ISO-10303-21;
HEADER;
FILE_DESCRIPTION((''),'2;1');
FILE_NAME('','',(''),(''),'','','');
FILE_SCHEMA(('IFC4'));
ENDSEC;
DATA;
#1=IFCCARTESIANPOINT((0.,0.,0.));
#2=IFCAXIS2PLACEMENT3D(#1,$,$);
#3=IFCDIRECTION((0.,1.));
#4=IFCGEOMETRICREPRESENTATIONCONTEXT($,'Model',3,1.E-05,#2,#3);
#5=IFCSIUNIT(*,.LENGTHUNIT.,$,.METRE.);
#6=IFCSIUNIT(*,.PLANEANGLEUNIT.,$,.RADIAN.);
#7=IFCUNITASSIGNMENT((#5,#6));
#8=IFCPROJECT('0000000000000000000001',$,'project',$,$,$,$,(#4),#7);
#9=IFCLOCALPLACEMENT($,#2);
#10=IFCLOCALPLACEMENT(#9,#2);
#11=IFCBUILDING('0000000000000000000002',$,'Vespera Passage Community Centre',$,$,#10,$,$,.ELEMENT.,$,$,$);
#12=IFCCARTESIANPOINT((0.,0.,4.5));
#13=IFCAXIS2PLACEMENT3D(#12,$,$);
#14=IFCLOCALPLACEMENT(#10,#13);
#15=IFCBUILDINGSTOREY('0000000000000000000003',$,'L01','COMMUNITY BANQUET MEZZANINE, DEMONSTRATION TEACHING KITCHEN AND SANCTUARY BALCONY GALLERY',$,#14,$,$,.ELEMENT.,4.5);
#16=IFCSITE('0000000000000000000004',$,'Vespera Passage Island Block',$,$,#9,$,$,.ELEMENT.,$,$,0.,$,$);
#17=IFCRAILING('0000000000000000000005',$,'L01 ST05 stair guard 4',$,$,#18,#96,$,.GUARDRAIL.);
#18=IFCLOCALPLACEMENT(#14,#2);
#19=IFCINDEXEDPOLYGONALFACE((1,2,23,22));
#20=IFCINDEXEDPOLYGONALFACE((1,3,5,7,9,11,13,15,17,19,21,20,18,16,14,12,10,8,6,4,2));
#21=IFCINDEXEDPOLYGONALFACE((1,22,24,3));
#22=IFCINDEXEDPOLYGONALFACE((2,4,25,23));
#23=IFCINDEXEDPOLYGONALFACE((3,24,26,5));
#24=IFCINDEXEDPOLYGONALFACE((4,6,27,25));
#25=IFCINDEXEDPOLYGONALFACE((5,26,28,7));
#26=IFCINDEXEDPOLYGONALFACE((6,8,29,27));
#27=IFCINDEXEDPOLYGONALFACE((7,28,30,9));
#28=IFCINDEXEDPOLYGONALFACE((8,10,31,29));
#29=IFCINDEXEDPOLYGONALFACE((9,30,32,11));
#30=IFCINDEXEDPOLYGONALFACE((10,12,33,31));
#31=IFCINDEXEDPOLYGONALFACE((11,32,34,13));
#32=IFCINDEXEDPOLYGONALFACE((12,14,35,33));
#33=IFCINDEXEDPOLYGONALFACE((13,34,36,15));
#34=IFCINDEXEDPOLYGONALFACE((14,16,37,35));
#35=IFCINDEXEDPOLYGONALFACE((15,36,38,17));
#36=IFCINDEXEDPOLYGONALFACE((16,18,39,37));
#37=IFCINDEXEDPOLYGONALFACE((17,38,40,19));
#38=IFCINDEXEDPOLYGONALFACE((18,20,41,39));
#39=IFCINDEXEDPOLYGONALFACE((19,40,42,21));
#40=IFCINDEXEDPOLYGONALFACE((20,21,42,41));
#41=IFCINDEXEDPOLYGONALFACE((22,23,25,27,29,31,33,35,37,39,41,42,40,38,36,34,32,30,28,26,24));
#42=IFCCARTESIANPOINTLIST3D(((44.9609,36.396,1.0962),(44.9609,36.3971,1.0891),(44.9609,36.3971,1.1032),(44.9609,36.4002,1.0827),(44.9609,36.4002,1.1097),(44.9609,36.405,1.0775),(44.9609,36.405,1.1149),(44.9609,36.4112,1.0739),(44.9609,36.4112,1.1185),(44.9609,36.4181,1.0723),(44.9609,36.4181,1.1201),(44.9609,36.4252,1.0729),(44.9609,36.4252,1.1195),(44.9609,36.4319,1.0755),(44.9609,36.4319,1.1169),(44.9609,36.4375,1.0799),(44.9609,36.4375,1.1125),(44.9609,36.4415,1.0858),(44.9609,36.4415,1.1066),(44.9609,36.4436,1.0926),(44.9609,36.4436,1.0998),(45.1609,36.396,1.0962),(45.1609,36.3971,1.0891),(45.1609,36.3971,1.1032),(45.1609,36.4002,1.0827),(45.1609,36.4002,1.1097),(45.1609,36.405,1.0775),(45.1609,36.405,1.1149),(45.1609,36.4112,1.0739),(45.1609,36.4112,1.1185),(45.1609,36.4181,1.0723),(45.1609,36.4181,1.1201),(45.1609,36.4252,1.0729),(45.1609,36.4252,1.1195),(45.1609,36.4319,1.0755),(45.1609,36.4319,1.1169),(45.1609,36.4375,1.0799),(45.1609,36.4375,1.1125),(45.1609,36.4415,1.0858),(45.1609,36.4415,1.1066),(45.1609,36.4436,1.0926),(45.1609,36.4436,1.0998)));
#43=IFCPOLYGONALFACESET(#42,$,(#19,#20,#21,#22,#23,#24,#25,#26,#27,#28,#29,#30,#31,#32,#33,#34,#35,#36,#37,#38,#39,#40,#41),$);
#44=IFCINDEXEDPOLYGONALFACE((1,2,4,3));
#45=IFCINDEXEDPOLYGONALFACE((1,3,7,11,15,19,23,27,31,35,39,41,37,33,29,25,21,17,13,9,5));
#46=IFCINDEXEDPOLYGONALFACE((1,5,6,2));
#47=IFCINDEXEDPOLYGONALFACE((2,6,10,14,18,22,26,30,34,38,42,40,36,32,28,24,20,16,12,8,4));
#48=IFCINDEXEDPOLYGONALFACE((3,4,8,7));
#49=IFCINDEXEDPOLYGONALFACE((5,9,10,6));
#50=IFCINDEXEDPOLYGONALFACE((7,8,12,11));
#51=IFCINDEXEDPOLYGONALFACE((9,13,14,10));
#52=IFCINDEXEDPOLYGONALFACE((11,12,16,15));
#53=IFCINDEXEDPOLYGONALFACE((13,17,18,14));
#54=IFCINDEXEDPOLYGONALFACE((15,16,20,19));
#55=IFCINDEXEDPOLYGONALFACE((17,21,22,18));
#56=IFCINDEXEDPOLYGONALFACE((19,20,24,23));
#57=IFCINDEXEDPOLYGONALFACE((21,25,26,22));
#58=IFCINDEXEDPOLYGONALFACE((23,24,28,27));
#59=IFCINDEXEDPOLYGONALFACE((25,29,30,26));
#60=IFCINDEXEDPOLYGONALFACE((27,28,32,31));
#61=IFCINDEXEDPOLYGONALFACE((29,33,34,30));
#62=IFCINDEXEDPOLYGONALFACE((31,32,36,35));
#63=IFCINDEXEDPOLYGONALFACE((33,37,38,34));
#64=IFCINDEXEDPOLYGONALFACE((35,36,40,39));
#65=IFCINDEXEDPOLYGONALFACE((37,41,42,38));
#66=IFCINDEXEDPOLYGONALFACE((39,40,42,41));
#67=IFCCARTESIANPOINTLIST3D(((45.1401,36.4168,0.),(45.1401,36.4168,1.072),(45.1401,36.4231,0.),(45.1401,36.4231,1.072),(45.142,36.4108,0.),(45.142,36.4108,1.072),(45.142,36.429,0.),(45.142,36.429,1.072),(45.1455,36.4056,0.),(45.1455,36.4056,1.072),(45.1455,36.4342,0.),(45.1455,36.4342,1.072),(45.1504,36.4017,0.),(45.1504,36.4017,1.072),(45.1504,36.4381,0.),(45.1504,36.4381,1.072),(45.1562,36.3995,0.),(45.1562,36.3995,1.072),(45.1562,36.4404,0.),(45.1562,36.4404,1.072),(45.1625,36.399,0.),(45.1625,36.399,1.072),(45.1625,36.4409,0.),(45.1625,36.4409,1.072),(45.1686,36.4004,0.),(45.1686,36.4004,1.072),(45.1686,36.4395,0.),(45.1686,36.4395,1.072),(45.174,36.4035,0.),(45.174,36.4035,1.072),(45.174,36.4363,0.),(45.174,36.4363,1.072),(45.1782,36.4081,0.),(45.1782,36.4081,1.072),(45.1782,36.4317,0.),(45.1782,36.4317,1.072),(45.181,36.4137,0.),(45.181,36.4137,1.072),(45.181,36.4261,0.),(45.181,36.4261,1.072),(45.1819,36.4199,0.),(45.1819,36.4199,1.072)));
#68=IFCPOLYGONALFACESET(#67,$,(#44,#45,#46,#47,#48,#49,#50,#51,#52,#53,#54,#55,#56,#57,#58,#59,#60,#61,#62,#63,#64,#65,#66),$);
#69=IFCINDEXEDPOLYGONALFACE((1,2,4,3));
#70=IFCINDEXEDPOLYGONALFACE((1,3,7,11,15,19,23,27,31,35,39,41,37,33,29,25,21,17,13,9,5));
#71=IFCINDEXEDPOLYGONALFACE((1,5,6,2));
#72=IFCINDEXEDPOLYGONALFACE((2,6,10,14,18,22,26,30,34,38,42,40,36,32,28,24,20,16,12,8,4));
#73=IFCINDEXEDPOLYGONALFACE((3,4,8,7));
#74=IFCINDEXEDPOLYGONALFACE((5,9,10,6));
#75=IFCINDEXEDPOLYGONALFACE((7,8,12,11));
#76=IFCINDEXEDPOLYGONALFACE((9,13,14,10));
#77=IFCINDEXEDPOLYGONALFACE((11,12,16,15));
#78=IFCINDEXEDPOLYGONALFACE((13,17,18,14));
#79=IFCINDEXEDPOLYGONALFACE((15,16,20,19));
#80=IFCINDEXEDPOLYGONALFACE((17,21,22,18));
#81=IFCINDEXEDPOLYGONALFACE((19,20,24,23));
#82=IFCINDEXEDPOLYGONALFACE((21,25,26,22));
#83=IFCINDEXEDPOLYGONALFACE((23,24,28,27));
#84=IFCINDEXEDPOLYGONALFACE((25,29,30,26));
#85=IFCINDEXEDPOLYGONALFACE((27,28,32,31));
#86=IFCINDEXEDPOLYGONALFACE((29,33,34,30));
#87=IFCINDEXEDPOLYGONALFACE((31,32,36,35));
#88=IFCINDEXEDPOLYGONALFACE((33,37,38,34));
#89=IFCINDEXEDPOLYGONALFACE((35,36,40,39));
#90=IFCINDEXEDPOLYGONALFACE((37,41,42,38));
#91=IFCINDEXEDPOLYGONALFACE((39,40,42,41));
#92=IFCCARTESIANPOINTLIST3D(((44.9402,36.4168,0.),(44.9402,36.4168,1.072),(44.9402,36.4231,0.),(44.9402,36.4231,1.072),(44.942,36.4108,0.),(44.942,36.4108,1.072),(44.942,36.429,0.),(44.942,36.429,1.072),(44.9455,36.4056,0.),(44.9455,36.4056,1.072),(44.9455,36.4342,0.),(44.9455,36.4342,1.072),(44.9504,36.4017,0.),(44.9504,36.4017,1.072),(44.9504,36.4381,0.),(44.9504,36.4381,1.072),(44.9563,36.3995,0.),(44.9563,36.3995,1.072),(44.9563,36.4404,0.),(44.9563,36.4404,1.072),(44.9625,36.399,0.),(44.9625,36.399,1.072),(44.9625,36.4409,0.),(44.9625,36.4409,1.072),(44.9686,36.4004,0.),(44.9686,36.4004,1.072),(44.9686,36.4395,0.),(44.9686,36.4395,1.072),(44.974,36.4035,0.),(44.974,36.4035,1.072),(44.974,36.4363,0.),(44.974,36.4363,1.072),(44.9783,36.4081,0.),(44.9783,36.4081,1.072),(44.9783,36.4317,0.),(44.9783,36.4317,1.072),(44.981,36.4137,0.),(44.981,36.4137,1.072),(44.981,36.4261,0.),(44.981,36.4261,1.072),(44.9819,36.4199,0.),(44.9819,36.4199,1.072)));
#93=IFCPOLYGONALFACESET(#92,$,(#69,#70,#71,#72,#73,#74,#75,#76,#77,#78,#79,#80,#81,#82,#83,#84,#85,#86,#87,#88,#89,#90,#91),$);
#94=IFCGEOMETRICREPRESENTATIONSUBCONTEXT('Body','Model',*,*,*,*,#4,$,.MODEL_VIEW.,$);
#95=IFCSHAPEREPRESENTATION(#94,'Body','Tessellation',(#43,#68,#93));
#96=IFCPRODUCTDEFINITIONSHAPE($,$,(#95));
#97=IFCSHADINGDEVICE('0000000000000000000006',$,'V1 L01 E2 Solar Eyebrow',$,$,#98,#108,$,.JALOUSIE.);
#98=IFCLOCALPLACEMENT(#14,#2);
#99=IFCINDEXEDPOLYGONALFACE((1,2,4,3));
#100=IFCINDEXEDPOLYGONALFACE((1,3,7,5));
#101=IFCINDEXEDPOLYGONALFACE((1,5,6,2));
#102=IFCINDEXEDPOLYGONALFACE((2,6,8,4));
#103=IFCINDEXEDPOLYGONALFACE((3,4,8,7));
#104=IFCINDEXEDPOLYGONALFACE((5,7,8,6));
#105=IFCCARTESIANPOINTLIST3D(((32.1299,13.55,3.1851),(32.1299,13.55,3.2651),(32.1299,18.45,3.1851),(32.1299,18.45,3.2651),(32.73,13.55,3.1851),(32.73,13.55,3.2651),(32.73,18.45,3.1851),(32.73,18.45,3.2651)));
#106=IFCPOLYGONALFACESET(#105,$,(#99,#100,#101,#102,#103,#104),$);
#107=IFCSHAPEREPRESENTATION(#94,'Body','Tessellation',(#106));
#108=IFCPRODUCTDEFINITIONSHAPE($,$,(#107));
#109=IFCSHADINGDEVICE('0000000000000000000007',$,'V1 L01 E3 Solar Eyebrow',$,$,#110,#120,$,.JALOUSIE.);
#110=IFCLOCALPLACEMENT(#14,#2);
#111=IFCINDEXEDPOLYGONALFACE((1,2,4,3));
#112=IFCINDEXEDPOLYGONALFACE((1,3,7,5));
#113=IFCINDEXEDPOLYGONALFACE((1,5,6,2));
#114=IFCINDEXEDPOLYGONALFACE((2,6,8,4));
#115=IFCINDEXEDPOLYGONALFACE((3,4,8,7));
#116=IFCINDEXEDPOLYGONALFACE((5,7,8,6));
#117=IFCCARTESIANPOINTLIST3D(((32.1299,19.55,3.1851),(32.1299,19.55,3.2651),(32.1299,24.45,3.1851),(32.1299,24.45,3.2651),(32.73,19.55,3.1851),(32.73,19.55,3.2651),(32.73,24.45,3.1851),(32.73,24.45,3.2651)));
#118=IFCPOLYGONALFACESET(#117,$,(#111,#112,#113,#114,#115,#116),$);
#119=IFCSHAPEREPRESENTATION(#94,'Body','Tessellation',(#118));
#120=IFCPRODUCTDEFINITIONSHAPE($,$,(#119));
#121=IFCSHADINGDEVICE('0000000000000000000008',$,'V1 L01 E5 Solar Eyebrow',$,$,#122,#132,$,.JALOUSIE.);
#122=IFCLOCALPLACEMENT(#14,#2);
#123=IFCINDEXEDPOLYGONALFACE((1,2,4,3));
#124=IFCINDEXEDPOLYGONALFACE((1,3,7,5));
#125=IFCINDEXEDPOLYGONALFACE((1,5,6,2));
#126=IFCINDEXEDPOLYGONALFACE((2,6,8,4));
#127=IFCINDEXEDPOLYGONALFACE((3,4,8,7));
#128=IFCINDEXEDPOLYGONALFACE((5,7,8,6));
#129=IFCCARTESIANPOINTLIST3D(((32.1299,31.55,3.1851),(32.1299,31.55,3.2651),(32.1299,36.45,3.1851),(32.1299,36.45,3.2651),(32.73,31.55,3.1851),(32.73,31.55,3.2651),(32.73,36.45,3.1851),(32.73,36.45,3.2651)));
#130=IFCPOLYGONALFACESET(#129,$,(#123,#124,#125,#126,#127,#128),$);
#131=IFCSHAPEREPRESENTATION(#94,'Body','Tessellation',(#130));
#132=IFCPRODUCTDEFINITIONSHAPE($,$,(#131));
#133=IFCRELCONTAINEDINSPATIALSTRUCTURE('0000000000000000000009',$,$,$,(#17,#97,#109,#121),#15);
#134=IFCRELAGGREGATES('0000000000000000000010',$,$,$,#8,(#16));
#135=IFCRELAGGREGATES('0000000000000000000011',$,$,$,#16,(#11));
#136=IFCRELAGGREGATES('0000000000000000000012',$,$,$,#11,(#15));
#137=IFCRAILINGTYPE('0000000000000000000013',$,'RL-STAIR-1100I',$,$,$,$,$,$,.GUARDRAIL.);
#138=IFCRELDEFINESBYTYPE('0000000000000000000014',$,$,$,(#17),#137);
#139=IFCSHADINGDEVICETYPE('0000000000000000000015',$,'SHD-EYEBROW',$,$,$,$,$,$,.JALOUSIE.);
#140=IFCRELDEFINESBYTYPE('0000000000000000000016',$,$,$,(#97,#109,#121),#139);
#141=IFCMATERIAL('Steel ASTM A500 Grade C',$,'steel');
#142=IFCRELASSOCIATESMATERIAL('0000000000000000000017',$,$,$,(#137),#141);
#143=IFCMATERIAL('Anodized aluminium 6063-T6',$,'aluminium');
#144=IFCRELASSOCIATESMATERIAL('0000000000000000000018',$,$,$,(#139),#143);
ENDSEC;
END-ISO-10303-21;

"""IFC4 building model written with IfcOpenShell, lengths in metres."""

from ifc_helpers import new_model, si_unit, direction, frame, origin, origin_2d, place, context, subcontext, project, spatial, rectangle, circle, extrude, material, type_object, element, save


model = new_model("IFC4")

# Units and contexts
model_context = context("Model", 3, precision=1e-05, world=origin(), true_north=direction((0.0, 1.0)))
body_context = subcontext(model_context, "Body", "Model", "MODEL_VIEW")
ifc_project = project(units=[si_unit("LENGTHUNIT", "METRE"), si_unit("PLANEANGLEUNIT", "RADIAN")], contexts=[model_context])

# Site, building, storey
site_placement = place(None, origin())
site = spatial("IfcSite", under=ifc_project, at=site_placement, Name="Vespera Passage Island Block", CompositionType="ELEMENT", RefElevation=0.0)
building_placement = place(site_placement, origin())
building = spatial("IfcBuilding", under=site, at=building_placement, Name="Vespera Passage Community Centre", CompositionType="ELEMENT")
storey_placement = place(building_placement, frame((0.0, 0.0, 4.5)))
storey = spatial("IfcBuildingStorey", under=building, at=storey_placement, Name="L01", Description="COMMUNITY BANQUET MEZZANINE, DEMONSTRATION TEACHING KITCHEN AND SANCTUARY BALCONY GALLERY", CompositionType="ELEMENT", Elevation=4.5)

# Railing
ifc_material_1 = material(Name="Steel ASTM A500 Grade C", Category="steel")
railing_type_1 = type_object("IfcRailingType", Name="RL-STAIR-1100I", PredefinedType="GUARDRAIL", material=ifc_material_1)
railing_1_placement = place(storey_placement, frame((45.1609, 36.4199, 0.0)))
element("IfcRailing", 1, at=railing_1_placement, inside=storey, type_object=railing_type_1, Name="L01 ST05 stair guard 4", PredefinedType="GUARDRAIL", context=body_context, shape_type="SweptSolid", body=[
    extrude(circle(Radius=0.0239, at=origin_2d()), frame((0.0, 0.0, 1.0962), z_axis=(-1.0, 0.0, 0.0), x_axis=(0.0, -1.0, 0.0)), (0.0, 0.0, 1.0), 0.2),
    extrude(circle(Radius=0.021, at=origin_2d()), origin(), (0.0, 0.0, 1.0), 1.072),
    extrude(circle(Radius=0.021, at=origin_2d()), frame((-0.2, 0.0, 0.0)), (0.0, 0.0, 1.0), 1.072),
])

# Shading devices
ifc_material_2 = material(Name="Anodized aluminium 6063-T6", Category="aluminium")
shading_device_type = type_object("IfcShadingDeviceType", Name="SHD-EYEBROW", PredefinedType="JALOUSIE", material=ifc_material_2)
for number, where, z_axis, x_axis, name in (
    (2, (32.4299, 16.0, 3.1851), (0.0, 0.0, 1.0), (0.0, -1.0, 0.0), "V1 L01 E2 Solar Eyebrow"),
    (3, (32.4299, 22.0, 3.1851), (0.0, 0.0, 1.0), (0.0, -1.0, 0.0), "V1 L01 E3 Solar Eyebrow"),
    (4, (32.4299, 34.0, 3.1851), (0.0, 0.0, 1.0), (0.0, -1.0, 0.0), "V1 L01 E5 Solar Eyebrow"),
):
    element("IfcShadingDevice", number, at=place(storey_placement, frame(where, z_axis=z_axis, x_axis=x_axis)), inside=storey, type_object=shading_device_type, Name=name, PredefinedType="JALOUSIE", context=body_context, shape_type="SweptSolid", body=[
        extrude(rectangle(XDim=4.8999, YDim=0.6001, at=origin_2d()), origin(), (0.0, 0.0, 1.0), 0.0801),
    ])

save(model, "model.ifc")
